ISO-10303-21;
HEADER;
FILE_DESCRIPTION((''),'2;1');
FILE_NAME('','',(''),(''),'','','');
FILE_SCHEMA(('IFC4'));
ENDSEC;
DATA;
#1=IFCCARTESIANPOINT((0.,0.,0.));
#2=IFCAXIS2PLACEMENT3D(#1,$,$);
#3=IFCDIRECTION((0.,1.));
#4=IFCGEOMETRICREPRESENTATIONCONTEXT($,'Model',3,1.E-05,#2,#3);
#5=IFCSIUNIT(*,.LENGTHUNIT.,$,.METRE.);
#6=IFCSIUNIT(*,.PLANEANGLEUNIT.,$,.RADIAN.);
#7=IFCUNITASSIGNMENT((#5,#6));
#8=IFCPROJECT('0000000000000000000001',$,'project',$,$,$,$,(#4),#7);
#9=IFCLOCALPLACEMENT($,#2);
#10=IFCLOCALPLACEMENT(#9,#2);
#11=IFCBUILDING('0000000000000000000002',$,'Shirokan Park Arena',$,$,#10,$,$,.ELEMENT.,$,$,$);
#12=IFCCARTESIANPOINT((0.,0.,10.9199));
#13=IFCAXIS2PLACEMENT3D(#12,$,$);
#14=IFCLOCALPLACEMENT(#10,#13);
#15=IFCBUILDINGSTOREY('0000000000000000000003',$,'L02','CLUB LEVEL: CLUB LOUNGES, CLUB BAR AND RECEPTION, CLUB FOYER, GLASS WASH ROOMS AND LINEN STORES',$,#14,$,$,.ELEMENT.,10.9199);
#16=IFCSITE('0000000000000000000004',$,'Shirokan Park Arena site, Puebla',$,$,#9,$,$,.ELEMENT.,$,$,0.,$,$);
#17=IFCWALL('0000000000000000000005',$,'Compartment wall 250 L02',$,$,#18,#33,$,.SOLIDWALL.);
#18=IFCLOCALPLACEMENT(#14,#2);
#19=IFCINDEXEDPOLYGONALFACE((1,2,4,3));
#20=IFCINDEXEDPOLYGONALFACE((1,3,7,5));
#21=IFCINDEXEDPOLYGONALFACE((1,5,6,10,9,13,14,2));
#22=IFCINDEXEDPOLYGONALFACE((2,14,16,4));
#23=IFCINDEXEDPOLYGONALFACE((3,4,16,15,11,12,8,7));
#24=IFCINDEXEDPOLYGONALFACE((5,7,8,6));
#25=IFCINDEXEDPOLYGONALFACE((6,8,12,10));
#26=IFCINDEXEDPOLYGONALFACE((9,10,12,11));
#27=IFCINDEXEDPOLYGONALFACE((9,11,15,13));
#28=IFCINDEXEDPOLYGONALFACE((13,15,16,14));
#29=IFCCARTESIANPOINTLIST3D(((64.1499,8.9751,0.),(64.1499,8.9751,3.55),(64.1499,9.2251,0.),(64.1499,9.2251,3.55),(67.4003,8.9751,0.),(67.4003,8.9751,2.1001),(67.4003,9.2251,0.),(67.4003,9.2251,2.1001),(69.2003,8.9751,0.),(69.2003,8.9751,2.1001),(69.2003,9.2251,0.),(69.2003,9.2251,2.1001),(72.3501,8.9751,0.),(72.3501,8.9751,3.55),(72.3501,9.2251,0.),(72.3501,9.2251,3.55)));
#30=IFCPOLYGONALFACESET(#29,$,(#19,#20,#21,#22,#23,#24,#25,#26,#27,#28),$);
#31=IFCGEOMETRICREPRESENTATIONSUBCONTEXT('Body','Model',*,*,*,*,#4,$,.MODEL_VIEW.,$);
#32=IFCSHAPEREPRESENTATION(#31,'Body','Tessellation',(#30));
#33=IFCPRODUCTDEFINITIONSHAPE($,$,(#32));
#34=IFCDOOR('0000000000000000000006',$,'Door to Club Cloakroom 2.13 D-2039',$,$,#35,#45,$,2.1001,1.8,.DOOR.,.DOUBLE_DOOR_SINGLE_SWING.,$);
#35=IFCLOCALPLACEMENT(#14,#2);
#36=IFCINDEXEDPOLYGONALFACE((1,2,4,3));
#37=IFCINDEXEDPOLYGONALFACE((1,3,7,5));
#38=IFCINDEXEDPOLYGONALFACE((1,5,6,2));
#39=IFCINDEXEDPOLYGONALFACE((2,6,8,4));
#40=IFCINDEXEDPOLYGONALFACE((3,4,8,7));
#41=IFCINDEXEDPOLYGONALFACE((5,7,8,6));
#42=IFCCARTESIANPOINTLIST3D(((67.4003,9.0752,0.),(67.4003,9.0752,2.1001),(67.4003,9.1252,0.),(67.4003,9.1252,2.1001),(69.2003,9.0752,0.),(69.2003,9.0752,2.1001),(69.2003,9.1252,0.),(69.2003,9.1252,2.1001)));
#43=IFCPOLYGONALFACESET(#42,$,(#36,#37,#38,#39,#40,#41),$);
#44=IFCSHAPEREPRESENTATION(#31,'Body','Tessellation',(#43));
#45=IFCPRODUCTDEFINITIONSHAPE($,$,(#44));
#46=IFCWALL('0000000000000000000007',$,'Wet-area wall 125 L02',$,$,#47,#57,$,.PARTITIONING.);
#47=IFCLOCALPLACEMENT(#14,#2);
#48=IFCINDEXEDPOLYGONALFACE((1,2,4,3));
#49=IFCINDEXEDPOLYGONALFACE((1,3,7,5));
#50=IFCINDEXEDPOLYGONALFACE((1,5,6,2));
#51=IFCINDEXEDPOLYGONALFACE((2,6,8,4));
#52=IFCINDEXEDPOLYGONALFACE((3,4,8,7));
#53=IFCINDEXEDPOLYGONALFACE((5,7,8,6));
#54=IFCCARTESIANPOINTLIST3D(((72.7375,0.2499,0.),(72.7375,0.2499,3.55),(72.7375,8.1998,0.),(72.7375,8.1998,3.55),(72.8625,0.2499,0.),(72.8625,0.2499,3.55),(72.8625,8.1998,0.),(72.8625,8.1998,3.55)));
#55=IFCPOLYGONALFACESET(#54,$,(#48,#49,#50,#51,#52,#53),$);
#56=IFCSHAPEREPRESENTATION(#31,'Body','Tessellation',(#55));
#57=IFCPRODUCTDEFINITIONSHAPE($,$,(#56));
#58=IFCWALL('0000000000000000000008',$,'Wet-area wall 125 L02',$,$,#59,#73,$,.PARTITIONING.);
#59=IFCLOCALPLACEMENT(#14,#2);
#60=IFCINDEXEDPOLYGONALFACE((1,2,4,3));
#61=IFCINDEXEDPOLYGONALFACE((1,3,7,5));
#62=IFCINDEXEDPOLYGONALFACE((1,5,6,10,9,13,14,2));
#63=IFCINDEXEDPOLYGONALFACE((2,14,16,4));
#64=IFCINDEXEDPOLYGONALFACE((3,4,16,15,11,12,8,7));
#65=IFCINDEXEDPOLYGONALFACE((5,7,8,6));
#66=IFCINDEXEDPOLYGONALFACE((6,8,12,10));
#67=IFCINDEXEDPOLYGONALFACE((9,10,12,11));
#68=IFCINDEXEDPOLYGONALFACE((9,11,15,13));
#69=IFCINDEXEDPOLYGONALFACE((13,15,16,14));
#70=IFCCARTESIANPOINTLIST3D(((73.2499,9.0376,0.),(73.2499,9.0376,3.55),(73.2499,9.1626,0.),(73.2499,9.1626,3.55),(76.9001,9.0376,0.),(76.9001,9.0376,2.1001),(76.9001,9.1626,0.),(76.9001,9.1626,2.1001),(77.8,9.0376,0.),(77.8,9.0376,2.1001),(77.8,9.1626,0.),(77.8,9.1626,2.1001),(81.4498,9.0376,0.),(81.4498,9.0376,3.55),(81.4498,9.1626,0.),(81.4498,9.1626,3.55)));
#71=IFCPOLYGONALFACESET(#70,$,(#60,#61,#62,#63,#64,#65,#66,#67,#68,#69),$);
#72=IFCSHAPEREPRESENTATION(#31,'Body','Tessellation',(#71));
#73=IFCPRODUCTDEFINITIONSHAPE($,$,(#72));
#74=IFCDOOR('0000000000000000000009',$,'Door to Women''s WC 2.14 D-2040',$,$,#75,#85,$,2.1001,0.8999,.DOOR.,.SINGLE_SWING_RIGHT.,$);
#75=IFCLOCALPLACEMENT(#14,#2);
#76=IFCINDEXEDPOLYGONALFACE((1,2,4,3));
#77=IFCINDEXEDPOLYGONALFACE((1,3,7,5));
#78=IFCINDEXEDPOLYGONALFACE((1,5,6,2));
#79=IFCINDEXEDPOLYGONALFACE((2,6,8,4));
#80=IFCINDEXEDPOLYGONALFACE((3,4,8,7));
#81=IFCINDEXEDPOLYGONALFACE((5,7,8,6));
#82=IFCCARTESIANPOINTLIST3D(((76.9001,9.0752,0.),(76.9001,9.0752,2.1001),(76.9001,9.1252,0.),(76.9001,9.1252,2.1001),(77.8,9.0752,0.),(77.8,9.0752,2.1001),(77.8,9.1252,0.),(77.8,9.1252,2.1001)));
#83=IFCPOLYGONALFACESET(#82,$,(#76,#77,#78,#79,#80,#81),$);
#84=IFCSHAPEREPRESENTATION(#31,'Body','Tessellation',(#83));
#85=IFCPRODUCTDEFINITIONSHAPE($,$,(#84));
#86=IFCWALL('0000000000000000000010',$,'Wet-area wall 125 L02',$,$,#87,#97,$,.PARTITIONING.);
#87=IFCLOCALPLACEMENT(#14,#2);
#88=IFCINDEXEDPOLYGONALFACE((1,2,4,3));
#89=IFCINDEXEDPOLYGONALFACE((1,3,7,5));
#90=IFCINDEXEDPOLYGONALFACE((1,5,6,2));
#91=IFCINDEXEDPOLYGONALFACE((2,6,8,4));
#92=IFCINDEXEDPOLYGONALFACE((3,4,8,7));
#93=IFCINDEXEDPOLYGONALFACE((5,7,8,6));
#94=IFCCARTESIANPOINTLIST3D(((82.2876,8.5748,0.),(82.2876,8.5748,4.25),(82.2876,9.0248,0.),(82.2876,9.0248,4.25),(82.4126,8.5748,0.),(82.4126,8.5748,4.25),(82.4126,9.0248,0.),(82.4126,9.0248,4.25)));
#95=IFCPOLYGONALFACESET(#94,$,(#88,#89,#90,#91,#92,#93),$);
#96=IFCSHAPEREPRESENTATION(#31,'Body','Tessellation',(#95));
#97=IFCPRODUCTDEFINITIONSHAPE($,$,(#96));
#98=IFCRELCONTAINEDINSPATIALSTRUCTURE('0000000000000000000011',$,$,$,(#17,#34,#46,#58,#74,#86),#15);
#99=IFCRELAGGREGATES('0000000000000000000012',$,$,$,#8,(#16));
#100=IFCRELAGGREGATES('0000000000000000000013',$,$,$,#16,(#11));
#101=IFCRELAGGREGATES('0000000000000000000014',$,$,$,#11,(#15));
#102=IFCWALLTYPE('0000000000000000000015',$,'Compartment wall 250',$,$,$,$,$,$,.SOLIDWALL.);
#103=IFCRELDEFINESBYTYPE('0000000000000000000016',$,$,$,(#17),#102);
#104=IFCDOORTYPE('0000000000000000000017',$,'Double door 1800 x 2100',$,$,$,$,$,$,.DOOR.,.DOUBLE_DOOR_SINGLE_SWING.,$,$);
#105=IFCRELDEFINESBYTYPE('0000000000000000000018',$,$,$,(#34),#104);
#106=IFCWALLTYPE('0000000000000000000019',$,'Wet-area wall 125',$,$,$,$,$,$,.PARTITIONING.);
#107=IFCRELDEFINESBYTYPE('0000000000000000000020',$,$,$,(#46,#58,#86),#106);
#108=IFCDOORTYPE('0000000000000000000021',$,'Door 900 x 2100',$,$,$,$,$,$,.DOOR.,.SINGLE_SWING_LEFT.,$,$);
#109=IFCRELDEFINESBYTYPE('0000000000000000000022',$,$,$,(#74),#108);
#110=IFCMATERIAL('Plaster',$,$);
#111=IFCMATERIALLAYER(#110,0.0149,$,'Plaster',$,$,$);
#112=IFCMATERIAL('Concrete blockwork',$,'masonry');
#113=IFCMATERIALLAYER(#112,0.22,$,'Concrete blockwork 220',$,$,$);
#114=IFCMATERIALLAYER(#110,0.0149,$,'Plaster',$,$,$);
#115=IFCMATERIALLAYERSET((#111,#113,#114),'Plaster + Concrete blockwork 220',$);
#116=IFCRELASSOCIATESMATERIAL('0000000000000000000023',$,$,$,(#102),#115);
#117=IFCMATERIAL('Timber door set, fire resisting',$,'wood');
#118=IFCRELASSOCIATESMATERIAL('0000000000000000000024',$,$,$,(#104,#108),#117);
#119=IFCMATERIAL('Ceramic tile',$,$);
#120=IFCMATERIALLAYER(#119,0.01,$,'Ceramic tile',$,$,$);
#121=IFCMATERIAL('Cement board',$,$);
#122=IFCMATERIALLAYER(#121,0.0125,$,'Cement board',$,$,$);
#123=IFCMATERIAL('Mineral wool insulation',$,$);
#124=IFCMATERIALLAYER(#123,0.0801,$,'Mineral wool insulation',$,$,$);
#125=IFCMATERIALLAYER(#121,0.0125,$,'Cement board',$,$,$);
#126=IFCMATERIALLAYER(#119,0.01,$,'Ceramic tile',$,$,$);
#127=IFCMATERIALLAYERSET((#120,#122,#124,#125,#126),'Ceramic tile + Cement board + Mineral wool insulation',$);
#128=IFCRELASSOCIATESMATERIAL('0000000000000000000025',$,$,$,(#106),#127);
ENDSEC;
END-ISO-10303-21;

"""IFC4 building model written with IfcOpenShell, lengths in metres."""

from ifc_helpers import new_model, si_unit, direction, frame, frame_2d, origin, place, context, subcontext, project, spatial, rectangle, extrude, material, layer, layer_set, type_object, element, fill, save


model = new_model("IFC4")

# Units and contexts
model_context = context("Model", 3, precision=1e-05, world=origin(), true_north=direction((0.0, 1.0)))
body_context = subcontext(model_context, "Body", "Model", "MODEL_VIEW")
ifc_project = project(units=[si_unit("LENGTHUNIT", "METRE"), si_unit("PLANEANGLEUNIT", "RADIAN")], contexts=[model_context])

# Site, building, storey
site_placement = place(None, origin())
site = spatial("IfcSite", under=ifc_project, at=site_placement, Name="Shirokan Park Arena site, Puebla", CompositionType="ELEMENT", RefElevation=0.0)
building_placement = place(site_placement, origin())
building = spatial("IfcBuilding", under=site, at=building_placement, Name="Shirokan Park Arena", CompositionType="ELEMENT")
storey_placement = place(building_placement, frame((0.0, 0.0, 10.9199)))
storey = spatial("IfcBuildingStorey", under=building, at=storey_placement, Name="L02", Description="CLUB LEVEL: CLUB LOUNGES, CLUB BAR AND RECEPTION, CLUB FOYER, GLASS WASH ROOMS AND LINEN STORES", CompositionType="ELEMENT", Elevation=10.9199)

# Shared definitions
ifc_material_1 = material(Name="Mineral wool insulation")

# Wall, opening, door
ifc_material_2 = material(Name="Plaster")
ifc_layer_1 = layer(ifc_material_2, 0.0149, Name="Plaster")
ifc_material_3 = material(Name="Concrete blockwork", Category="masonry")
ifc_layer_2 = layer(ifc_material_3, 0.22, Name="Concrete blockwork 220")
ifc_layer_3 = layer(ifc_material_2, 0.0149, Name="Plaster")
ifc_layer_set_1 = layer_set([ifc_layer_1, ifc_layer_2, ifc_layer_3], Name="Plaster + Concrete blockwork 220")
wall_type_1 = type_object("IfcWallType", Name="Compartment wall 250", PredefinedType="SOLIDWALL", material=ifc_layer_set_1)
wall_1_placement = place(storey_placement, frame((72.3501, 9.1001, 0.0), z_axis=(0.0, 0.0, 1.0), x_axis=(-1.0, 0.0, 0.0)))
wall_1 = element("IfcWall", 1, at=wall_1_placement, inside=storey, type_object=wall_type_1, Name="Compartment wall 250 L02", PredefinedType="SOLIDWALL", context=body_context, shape_type="SweptSolid", body=[
    extrude(rectangle(XDim=8.2002, YDim=0.25, at=frame_2d((4.1001, 0.0))), origin(), (0.0, 0.0, 1.0), 3.55),
])
opening_1_placement = place(wall_1_placement, frame((3.1499, 0.0, 0.0)))
opening_1 = element("IfcOpeningElement", 2, at=opening_1_placement, cuts=wall_1, PredefinedType="OPENING", context=body_context, shape_type="SweptSolid", body=[
    extrude(rectangle(XDim=1.8, YDim=2.1001, at=frame_2d((0.8999, 1.05))), frame((0.0, 0.135, 0.0), z_axis=(0.0, -1.0, 0.0), x_axis=(1.0, 0.0, 0.0)), (0.0, 0.0, 1.0), 0.27),
])
ifc_material_4 = material(Name="Timber door set, fire resisting", Category="wood")
door_type_1 = type_object("IfcDoorType", Name="Double door 1800 x 2100", OperationType="DOUBLE_DOOR_SINGLE_SWING", PredefinedType="DOOR", material=ifc_material_4)
door_1_placement = place(opening_1_placement, origin())
door_1 = element("IfcDoor", 3, at=door_1_placement, inside=storey, type_object=door_type_1, Name="Door to Club Cloakroom 2.13 D-2039", OperationType="DOUBLE_DOOR_SINGLE_SWING", OverallHeight=2.1001, OverallWidth=1.8, PredefinedType="DOOR", context=body_context, shape_type="SweptSolid", body=[
    extrude(rectangle(XDim=1.8, YDim=2.1001, at=frame_2d((0.8999, 1.05))), frame((0.0, 0.0249, 0.0), z_axis=(0.0, -1.0, 0.0), x_axis=(1.0, 0.0, 0.0)), (0.0, 0.0, 1.0), 0.05),
])
fill(opening_1, door_1)

# Wall
ifc_material_5 = material(Name="Ceramic tile")
ifc_layer_4 = layer(ifc_material_5, 0.01, Name="Ceramic tile")
ifc_material_6 = material(Name="Cement board")
ifc_layer_5 = layer(ifc_material_6, 0.0125, Name="Cement board")
ifc_layer_6 = layer(ifc_material_1, 0.0801, Name="Mineral wool insulation")
ifc_layer_7 = layer(ifc_material_6, 0.0125, Name="Cement board")
ifc_layer_8 = layer(ifc_material_5, 0.01, Name="Ceramic tile")
ifc_layer_set_2 = layer_set([ifc_layer_4, ifc_layer_5, ifc_layer_6, ifc_layer_7, ifc_layer_8], Name="Ceramic tile + Cement board + Mineral wool insulation")
wall_type_2 = type_object("IfcWallType", Name="Wet-area wall 125", PredefinedType="PARTITIONING", material=ifc_layer_set_2)
wall_2_placement = place(storey_placement, frame((72.8, 8.2, 0.0), z_axis=(0.0, 0.0, 1.0), x_axis=(0.0, -1.0, 0.0)))
element("IfcWall", 4, at=wall_2_placement, inside=storey, type_object=wall_type_2, Name="Wet-area wall 125 L02", PredefinedType="PARTITIONING", context=body_context, shape_type="SweptSolid", body=[
    extrude(rectangle(XDim=7.95, YDim=0.125, at=frame_2d((3.9751, 0.0))), origin(), (0.0, 0.0, 1.0), 3.55),
])

# Wall, opening, door
wall_3_placement = place(storey_placement, frame((81.45, 9.1001, 0.0), z_axis=(0.0, 0.0, 1.0), x_axis=(-1.0, 0.0, 0.0)))
wall_3 = element("IfcWall", 5, at=wall_3_placement, inside=storey, type_object=wall_type_2, Name="Wet-area wall 125 L02", PredefinedType="PARTITIONING", context=body_context, shape_type="SweptSolid", body=[
    extrude(rectangle(XDim=8.2, YDim=0.125, at=frame_2d((4.1001, 0.0))), origin(), (0.0, 0.0, 1.0), 3.55),
])
opening_2_placement = place(wall_3_placement, frame((3.6499, 0.0, 0.0)))
opening_2 = element("IfcOpeningElement", 6, at=opening_2_placement, cuts=wall_3, PredefinedType="OPENING", context=body_context, shape_type="SweptSolid", body=[
    extrude(rectangle(XDim=0.8999, YDim=2.1001, at=frame_2d((0.45, 1.05))), frame((0.0, 0.0725, 0.0), z_axis=(0.0, -1.0, 0.0), x_axis=(1.0, 0.0, 0.0)), (0.0, 0.0, 1.0), 0.145),
])
door_type_2 = type_object("IfcDoorType", Name="Door 900 x 2100", OperationType="SINGLE_SWING_LEFT", PredefinedType="DOOR", material=ifc_material_4)
door_2_placement = place(opening_2_placement, origin())
door_2 = element("IfcDoor", 7, at=door_2_placement, inside=storey, type_object=door_type_2, Name="Door to Women's WC 2.14 D-2040", OperationType="SINGLE_SWING_RIGHT", OverallHeight=2.1001, OverallWidth=0.8999, PredefinedType="DOOR", context=body_context, shape_type="SweptSolid", body=[
    extrude(rectangle(XDim=0.8999, YDim=2.1001, at=frame_2d((0.45, 1.05))), frame((0.0, 0.0249, 0.0), z_axis=(0.0, -1.0, 0.0), x_axis=(1.0, 0.0, 0.0)), (0.0, 0.0, 1.0), 0.05),
])
fill(opening_2, door_2)

# Wall
wall_4_placement = place(storey_placement, frame((82.3501, 9.0249, 0.0), z_axis=(0.0, 0.0, 1.0), x_axis=(0.0, -1.0, 0.0)))
element("IfcWall", 8, at=wall_4_placement, inside=storey, type_object=wall_type_2, Name="Wet-area wall 125 L02", PredefinedType="PARTITIONING", context=body_context, shape_type="SweptSolid", body=[
    extrude(rectangle(XDim=0.45, YDim=0.125, at=frame_2d((0.2251, 0.0))), origin(), (0.0, 0.0, 1.0), 4.25),
])

save(model, "model.ifc")
